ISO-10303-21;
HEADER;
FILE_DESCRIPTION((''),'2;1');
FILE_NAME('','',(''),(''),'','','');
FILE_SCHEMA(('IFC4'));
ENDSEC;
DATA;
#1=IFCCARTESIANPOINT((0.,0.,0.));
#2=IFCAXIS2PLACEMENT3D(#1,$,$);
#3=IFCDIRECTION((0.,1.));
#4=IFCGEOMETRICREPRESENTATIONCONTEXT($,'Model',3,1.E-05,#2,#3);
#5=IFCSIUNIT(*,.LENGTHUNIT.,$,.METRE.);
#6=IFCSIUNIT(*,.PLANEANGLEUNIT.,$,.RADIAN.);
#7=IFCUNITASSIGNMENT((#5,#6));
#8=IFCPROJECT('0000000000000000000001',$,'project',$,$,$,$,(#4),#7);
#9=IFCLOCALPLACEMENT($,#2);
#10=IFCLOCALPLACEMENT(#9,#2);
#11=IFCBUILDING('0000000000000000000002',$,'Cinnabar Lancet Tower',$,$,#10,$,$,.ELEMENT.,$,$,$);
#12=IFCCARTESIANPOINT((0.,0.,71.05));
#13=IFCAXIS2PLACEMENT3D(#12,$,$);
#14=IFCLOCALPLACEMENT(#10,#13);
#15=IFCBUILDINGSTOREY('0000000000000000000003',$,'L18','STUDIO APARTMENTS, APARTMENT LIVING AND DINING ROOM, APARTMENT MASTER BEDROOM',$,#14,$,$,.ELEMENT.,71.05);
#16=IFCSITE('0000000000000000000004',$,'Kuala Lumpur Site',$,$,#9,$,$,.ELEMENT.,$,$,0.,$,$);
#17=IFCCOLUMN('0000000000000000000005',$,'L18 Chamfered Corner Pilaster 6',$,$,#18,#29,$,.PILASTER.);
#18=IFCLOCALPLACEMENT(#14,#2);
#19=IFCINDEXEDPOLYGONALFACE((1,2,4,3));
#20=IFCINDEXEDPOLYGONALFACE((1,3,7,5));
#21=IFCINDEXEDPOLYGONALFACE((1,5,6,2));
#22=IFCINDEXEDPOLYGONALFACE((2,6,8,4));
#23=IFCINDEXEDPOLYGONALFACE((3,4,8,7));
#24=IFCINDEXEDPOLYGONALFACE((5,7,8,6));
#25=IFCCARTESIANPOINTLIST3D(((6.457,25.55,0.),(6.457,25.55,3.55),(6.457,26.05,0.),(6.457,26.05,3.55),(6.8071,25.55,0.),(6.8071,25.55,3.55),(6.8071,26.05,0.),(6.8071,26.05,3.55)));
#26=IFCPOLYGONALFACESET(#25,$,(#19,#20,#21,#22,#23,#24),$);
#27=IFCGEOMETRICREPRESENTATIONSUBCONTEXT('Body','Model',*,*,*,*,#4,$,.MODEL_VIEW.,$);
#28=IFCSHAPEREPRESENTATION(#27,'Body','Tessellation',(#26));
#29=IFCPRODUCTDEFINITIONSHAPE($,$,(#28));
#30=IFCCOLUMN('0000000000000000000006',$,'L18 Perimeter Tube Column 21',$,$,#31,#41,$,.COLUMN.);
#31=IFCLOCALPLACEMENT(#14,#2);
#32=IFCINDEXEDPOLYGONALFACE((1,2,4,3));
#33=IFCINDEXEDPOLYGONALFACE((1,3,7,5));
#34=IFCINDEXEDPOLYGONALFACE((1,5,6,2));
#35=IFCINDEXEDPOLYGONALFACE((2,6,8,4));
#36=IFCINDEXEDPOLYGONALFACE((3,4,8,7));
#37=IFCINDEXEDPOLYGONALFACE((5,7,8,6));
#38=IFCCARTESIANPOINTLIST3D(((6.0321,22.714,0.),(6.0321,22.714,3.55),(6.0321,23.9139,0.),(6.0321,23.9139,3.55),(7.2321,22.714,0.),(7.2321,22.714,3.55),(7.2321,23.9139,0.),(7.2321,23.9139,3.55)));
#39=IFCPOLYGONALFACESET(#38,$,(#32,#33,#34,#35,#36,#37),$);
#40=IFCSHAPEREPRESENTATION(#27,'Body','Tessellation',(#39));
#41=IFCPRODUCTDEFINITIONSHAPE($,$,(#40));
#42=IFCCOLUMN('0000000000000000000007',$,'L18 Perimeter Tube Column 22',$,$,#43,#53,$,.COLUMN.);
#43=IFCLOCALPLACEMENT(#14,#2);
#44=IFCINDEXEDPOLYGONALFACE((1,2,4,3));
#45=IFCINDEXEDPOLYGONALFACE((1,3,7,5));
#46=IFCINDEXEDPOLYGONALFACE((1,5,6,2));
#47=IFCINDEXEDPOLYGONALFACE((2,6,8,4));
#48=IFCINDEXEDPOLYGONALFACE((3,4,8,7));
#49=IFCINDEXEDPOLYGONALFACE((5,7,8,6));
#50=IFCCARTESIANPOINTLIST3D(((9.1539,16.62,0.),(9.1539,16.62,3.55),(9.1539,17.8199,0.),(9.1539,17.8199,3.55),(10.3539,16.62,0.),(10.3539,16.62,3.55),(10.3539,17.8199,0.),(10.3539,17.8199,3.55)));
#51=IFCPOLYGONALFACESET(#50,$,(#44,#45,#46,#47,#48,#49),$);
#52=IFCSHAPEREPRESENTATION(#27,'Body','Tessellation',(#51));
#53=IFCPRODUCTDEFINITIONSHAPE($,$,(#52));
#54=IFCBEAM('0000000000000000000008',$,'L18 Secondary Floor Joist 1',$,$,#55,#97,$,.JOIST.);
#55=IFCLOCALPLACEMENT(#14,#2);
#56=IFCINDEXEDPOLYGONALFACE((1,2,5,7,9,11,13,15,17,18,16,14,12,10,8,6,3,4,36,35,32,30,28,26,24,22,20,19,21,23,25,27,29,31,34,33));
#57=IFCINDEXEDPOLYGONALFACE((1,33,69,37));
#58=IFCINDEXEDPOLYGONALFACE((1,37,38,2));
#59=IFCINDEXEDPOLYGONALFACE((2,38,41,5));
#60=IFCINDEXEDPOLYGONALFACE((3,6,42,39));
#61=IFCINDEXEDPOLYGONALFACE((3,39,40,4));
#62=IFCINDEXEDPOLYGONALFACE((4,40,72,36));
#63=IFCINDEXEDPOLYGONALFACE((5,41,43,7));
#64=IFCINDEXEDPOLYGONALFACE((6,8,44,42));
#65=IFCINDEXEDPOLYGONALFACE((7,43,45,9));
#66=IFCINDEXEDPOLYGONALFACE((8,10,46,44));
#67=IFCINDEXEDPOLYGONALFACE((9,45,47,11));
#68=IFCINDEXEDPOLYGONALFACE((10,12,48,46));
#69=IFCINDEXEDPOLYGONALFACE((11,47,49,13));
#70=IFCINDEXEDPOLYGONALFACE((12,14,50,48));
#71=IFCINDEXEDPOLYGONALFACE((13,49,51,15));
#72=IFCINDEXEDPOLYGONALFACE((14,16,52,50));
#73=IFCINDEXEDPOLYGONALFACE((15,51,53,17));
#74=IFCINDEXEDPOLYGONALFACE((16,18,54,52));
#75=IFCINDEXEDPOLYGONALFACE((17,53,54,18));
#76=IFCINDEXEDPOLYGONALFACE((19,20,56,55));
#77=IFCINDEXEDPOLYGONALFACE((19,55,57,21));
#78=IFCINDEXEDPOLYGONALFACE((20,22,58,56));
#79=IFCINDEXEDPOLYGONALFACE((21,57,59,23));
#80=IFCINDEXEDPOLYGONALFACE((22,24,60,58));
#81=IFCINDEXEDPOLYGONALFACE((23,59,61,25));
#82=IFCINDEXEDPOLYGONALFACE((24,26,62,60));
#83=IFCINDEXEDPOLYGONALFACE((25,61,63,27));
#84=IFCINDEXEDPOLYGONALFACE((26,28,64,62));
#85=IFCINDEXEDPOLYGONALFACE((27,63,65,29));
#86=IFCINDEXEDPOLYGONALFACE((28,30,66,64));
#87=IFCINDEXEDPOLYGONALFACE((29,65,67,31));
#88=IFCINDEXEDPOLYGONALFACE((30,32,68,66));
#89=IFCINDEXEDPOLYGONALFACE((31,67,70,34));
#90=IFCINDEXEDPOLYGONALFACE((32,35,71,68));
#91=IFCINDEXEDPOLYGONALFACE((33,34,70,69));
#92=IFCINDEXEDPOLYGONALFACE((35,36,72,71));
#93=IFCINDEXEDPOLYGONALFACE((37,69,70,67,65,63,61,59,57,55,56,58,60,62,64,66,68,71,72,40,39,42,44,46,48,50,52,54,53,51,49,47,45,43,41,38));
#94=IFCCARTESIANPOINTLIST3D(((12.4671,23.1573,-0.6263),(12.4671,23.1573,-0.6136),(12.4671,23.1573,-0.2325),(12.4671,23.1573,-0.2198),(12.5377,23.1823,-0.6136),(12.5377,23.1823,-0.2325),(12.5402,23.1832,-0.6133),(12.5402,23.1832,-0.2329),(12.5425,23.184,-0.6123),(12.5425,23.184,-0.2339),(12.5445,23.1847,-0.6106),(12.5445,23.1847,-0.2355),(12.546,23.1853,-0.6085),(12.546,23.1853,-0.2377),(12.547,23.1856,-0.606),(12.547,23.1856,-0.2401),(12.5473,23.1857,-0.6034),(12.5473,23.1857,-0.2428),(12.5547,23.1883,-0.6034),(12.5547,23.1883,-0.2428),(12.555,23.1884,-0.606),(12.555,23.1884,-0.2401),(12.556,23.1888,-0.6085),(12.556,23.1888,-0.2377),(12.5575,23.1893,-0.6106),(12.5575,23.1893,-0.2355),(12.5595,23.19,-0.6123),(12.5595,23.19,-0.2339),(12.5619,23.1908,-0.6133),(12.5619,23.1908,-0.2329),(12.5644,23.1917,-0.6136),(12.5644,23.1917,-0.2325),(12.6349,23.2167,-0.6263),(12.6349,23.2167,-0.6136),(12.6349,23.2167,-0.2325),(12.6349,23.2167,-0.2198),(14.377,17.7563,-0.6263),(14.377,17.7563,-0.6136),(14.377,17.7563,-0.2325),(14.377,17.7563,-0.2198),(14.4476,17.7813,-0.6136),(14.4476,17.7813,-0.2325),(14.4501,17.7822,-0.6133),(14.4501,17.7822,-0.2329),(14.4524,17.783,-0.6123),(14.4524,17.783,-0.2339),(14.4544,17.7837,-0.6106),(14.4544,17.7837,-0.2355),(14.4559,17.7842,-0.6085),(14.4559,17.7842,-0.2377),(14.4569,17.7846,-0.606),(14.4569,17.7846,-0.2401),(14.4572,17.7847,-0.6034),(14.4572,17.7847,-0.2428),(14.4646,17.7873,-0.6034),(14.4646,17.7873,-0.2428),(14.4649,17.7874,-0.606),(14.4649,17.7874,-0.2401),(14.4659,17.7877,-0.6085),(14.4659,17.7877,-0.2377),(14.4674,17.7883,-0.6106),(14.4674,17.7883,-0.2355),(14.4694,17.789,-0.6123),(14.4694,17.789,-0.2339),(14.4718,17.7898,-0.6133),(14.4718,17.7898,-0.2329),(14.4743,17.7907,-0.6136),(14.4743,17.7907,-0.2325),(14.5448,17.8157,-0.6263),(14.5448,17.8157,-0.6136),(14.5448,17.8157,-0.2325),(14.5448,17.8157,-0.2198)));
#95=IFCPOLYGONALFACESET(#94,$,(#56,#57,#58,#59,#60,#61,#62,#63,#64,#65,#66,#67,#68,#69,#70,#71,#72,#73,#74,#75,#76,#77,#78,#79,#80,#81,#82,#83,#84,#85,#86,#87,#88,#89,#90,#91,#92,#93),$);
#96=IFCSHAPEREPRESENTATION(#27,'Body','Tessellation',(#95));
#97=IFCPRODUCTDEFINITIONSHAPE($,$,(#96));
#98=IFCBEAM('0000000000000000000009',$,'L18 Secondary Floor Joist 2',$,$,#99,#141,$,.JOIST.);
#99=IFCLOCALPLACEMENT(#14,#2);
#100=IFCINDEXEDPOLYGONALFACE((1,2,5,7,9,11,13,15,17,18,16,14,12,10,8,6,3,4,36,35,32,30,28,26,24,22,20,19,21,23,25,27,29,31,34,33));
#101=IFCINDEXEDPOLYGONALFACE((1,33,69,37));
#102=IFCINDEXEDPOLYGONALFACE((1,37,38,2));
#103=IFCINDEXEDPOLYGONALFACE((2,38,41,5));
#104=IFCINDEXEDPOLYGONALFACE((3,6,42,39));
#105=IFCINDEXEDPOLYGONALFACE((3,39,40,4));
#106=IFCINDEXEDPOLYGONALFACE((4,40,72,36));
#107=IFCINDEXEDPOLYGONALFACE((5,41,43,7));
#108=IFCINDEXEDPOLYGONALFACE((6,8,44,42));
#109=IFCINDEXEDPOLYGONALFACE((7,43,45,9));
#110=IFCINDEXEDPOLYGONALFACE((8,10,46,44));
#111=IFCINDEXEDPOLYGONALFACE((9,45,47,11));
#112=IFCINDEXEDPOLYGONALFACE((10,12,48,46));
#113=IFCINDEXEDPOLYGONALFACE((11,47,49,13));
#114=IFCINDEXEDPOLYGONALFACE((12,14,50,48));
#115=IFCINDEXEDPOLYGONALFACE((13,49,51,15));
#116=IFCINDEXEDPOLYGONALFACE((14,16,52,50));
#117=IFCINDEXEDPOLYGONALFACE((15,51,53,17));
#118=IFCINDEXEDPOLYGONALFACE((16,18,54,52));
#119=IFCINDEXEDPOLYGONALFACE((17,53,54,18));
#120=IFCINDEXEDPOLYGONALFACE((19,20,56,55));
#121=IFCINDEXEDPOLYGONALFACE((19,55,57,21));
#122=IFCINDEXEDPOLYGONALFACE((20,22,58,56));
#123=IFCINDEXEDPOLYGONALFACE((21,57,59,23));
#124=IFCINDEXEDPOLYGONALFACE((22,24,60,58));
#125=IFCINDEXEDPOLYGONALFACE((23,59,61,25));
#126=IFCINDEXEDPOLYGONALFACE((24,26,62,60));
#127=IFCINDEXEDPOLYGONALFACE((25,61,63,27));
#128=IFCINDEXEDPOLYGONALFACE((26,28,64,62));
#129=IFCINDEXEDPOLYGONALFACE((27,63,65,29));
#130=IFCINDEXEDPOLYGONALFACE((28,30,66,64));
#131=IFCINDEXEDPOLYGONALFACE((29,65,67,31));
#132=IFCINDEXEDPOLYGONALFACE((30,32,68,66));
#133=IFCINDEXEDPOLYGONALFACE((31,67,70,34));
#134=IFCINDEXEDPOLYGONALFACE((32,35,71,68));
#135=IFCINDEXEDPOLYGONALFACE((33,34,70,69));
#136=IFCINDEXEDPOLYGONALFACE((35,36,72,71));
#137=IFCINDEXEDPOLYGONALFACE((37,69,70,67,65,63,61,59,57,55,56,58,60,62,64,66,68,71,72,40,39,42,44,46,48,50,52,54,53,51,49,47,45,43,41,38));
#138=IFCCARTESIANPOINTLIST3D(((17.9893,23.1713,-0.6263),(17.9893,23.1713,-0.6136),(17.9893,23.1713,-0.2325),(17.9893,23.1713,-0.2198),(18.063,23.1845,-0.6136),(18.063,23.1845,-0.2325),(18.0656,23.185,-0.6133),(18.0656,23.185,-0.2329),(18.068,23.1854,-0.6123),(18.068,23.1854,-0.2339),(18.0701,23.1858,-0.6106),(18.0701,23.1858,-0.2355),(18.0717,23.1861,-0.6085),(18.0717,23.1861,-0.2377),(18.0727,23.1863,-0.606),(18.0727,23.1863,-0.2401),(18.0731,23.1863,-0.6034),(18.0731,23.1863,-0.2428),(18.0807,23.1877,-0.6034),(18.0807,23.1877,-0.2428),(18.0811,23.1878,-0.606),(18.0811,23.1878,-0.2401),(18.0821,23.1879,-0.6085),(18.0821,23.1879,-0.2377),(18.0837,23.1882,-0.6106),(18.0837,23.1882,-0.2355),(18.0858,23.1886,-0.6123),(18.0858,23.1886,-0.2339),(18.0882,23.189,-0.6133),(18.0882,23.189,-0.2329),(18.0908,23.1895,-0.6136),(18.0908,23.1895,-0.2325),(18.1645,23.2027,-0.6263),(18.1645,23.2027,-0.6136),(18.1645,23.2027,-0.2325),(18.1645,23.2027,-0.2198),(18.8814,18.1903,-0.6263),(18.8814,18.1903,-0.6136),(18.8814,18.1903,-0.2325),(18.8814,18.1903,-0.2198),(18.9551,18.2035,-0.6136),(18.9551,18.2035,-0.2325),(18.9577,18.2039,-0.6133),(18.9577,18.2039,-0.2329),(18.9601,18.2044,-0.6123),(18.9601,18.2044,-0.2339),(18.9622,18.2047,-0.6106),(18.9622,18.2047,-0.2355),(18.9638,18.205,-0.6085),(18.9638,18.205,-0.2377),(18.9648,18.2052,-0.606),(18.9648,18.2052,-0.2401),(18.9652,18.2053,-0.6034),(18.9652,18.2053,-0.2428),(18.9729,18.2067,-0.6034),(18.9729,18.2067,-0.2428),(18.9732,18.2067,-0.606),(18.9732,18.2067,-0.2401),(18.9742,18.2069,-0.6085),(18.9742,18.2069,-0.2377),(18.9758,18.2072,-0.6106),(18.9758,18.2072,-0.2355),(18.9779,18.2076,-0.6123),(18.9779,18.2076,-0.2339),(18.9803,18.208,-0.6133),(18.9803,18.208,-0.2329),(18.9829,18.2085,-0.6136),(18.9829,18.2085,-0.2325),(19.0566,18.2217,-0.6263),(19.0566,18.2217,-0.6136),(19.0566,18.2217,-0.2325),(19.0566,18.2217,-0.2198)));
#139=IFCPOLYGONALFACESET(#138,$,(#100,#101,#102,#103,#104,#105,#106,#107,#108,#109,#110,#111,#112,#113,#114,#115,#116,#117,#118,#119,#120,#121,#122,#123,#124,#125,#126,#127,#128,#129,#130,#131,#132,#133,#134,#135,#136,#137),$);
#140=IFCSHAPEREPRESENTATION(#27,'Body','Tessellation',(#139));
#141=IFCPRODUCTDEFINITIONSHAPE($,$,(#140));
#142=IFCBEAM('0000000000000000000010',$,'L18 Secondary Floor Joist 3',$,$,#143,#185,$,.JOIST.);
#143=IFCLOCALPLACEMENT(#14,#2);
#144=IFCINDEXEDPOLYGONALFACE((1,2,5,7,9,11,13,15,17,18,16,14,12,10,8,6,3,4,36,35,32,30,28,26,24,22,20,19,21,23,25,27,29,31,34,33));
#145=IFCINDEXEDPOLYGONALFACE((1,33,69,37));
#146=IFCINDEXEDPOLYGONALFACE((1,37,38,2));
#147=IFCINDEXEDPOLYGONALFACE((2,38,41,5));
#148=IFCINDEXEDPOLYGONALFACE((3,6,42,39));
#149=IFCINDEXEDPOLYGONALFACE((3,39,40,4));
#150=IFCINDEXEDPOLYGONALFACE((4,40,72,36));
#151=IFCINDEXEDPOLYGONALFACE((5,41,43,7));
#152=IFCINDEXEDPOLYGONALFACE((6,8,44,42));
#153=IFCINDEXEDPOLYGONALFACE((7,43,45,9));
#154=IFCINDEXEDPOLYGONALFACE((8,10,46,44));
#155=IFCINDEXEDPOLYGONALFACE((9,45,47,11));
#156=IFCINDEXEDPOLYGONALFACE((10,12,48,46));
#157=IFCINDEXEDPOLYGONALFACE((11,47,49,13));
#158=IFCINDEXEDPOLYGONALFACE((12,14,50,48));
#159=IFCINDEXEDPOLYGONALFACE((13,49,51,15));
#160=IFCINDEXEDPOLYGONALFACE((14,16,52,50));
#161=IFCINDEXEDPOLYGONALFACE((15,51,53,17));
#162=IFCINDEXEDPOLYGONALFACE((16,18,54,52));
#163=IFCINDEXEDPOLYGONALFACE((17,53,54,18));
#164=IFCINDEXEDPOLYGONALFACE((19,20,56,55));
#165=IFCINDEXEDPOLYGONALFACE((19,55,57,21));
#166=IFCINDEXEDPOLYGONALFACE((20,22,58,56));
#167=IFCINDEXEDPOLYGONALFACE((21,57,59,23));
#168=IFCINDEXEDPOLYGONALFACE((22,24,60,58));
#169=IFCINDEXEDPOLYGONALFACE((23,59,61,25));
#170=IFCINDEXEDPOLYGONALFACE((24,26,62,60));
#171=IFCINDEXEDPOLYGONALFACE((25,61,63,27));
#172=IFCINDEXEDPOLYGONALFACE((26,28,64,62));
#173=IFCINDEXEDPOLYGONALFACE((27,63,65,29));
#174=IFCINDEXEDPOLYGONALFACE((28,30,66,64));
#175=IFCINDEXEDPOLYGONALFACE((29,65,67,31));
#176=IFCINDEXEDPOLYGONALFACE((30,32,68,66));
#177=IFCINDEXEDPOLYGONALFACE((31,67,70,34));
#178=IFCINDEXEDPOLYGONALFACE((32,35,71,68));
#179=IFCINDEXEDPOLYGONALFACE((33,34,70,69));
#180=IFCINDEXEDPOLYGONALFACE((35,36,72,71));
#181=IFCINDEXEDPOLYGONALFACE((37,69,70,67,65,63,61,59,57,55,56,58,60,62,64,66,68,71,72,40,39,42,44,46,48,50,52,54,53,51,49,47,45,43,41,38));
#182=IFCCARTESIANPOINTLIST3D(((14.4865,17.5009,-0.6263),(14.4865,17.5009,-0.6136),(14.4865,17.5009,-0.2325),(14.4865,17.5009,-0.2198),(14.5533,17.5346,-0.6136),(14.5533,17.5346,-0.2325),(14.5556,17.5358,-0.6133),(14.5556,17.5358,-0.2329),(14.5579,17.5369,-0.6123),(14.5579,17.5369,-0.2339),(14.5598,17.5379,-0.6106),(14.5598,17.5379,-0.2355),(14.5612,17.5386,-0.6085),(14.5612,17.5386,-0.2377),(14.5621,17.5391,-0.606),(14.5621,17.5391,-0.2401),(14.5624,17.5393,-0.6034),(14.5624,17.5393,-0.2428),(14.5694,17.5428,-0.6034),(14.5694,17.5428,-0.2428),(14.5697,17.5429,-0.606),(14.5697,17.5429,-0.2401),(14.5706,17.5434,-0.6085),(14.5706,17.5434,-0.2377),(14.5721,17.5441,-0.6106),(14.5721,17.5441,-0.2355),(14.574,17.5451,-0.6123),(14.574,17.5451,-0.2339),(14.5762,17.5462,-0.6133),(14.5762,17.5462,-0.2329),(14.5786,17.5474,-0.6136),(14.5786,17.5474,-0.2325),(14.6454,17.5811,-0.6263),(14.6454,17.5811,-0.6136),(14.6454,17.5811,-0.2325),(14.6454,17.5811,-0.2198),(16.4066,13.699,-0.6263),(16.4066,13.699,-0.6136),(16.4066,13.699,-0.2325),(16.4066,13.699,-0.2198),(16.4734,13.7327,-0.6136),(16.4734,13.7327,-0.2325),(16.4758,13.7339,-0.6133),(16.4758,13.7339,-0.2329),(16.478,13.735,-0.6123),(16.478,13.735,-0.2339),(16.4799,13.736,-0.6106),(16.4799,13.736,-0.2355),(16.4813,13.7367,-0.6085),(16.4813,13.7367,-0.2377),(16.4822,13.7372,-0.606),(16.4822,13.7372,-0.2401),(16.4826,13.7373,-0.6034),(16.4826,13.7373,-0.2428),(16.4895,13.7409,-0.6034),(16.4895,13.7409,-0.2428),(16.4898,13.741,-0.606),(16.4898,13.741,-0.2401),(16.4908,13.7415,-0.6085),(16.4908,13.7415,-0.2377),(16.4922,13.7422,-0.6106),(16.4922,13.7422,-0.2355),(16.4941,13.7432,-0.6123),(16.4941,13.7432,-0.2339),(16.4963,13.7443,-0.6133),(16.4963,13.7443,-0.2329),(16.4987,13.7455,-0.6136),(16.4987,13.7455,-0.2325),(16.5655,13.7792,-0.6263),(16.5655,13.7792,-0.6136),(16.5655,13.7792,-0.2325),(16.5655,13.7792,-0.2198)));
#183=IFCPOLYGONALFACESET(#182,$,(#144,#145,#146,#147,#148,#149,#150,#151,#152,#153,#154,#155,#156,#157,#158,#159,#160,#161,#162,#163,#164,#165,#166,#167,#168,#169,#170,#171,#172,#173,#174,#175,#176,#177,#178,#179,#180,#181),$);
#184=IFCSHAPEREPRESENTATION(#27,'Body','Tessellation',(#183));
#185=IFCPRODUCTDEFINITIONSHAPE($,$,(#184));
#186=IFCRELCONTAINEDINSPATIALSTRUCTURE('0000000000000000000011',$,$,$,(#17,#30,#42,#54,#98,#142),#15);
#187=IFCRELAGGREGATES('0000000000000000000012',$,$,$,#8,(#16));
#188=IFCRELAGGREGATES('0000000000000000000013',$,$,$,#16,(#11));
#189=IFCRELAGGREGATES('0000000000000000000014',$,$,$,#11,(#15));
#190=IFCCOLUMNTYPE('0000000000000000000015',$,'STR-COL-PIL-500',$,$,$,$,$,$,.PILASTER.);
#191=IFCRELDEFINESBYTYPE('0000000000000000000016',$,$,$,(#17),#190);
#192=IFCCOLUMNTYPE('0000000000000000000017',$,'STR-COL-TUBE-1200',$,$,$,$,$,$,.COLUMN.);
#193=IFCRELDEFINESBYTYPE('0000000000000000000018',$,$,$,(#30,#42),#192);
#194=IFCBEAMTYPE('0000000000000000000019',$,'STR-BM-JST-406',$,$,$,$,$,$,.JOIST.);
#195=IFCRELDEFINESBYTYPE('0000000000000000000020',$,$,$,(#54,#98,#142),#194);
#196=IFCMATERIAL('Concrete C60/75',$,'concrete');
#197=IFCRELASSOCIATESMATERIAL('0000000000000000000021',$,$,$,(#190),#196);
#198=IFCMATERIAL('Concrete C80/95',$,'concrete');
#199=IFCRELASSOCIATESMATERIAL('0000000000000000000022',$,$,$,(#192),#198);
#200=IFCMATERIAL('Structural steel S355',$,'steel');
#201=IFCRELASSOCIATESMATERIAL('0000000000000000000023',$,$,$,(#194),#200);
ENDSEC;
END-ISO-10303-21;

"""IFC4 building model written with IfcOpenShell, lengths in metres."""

from ifc_helpers import new_model, si_unit, direction, frame, origin, origin_2d, place, context, subcontext, project, spatial, rectangle, i_section, extrude, material, material_profile, profile_set, type_object, element, save


model = new_model("IFC4")

# Units and contexts
model_context = context("Model", 3, precision=1e-05, world=origin(), true_north=direction((0.0, 1.0)))
body_context = subcontext(model_context, "Body", "Model", "MODEL_VIEW")
ifc_project = project(units=[si_unit("LENGTHUNIT", "METRE"), si_unit("PLANEANGLEUNIT", "RADIAN")], contexts=[model_context])

# Site, building, storey
site_placement = place(None, origin())
site = spatial("IfcSite", under=ifc_project, at=site_placement, Name="Kuala Lumpur Site", CompositionType="ELEMENT", RefElevation=0.0)
building_placement = place(site_placement, origin())
building = spatial("IfcBuilding", under=site, at=building_placement, Name="Cinnabar Lancet Tower", CompositionType="ELEMENT")
storey_placement = place(building_placement, frame((0.0, 0.0, 71.05)))
storey = spatial("IfcBuildingStorey", under=building, at=storey_placement, Name="L18", Description="STUDIO APARTMENTS, APARTMENT LIVING AND DINING ROOM, APARTMENT MASTER BEDROOM", CompositionType="ELEMENT", Elevation=71.05)

# Columns
ifc_material_1 = material(Name="Concrete C60/75", Category="concrete")
ifc_material_profile_1 = material_profile(ifc_material_1, rectangle(XDim=0.5, YDim=0.3501, at=origin_2d()), Name="RC-PIL 500x350")
ifc_profile_set_1 = profile_set([ifc_material_profile_1], Name="Concrete C60/75")
column_type_1 = type_object("IfcColumnType", Name="STR-COL-PIL-500", PredefinedType="PILASTER", material=ifc_profile_set_1)
column_placement = place(storey_placement, frame((6.6321, 25.8, 0.0), z_axis=(0.0, 0.0, 1.0), x_axis=(0.0, -1.0, 0.0)))
element("IfcColumn", 1, at=column_placement, inside=storey, type_object=column_type_1, Name="L18 Chamfered Corner Pilaster 6", PredefinedType="PILASTER", context=body_context, shape_type="SweptSolid", body=[
    extrude(rectangle(XDim=0.5, YDim=0.3501, at=origin_2d()), origin(), (0.0, 0.0, 1.0), 3.55),
])
ifc_material_2 = material(Name="Concrete C80/95", Category="concrete")
ifc_material_profile_2 = material_profile(ifc_material_2, rectangle(XDim=1.2, YDim=1.2, at=origin_2d()), Name="RC-COL 1200x1200")
ifc_profile_set_2 = profile_set([ifc_material_profile_2], Name="Concrete C80/95")
column_type_2 = type_object("IfcColumnType", Name="STR-COL-TUBE-1200", PredefinedType="COLUMN", material=ifc_profile_set_2)
for number, where, z_axis, x_axis, name in (
    (2, (6.6321, 23.314, 0.0), (0.0, 0.0, 1.0), (1.0, 0.0, 0.0), "L18 Perimeter Tube Column 21"),
    (3, (9.7539, 17.22, 0.0), (0.0, 0.0, 1.0), (1.0, 0.0, 0.0), "L18 Perimeter Tube Column 22"),
):
    element("IfcColumn", number, at=place(storey_placement, frame(where, z_axis=z_axis, x_axis=x_axis)), inside=storey, type_object=column_type_2, Name=name, PredefinedType="COLUMN", context=body_context, shape_type="SweptSolid", body=[
        extrude(rectangle(XDim=1.2, YDim=1.2, at=origin_2d()), origin(), (0.0, 0.0, 1.0), 3.55),
    ])

# Beams
ifc_material_3 = material(Name="Structural steel S355", Category="steel")
ifc_material_profile_3 = material_profile(ifc_material_3, i_section(OverallWidth=0.178, OverallDepth=0.4065, WebThickness=0.0078, FlangeThickness=0.0127, FilletRadius=0.0103, at=origin_2d()), Name="UKB 406x178x60")
ifc_profile_set_3 = profile_set([ifc_material_profile_3], Name="Structural steel S355")
beam_type_1 = type_object("IfcBeamType", Name="STR-BM-JST-406", PredefinedType="JOIST", material=ifc_profile_set_3)
beam_1_placement = place(storey_placement, frame((12.551, 23.187, -0.4231), z_axis=(0.333384, -0.942791, 0.0), x_axis=(0.942791, 0.333384, 0.0)))
element("IfcBeam", 4, at=beam_1_placement, inside=storey, type_object=beam_type_1, Name="L18 Secondary Floor Joist 1", PredefinedType="JOIST", context=body_context, shape_type="SweptSolid", body=[
    extrude(i_section(OverallWidth=0.178, OverallDepth=0.4065, WebThickness=0.0078, FlangeThickness=0.0127, FilletRadius=0.0103, at=origin_2d()), origin(), (0.0, 0.0, 1.0), 5.7288),
])
beam_2_placement = place(storey_placement, frame((18.0769, 23.187, -0.4231), z_axis=(0.176295, -0.984337, 0.0), x_axis=(0.984337, 0.176295, 0.0)))
element("IfcBeam", 5, at=beam_2_placement, inside=storey, type_object=beam_type_1, Name="L18 Secondary Floor Joist 2", PredefinedType="JOIST", context=body_context, shape_type="SweptSolid", body=[
    extrude(i_section(OverallWidth=0.178, OverallDepth=0.4065, WebThickness=0.0078, FlangeThickness=0.0127, FilletRadius=0.0103, at=origin_2d()), origin(), (0.0, 0.0, 1.0), 5.0603),
])
beam_3_placement = place(storey_placement, frame((14.5659, 17.541, -0.4231), z_axis=(0.45081, -0.89262, 0.0), x_axis=(0.89262, 0.45081, 0.0)))
element("IfcBeam", 6, at=beam_3_placement, inside=storey, type_object=beam_type_1, Name="L18 Secondary Floor Joist 3", PredefinedType="JOIST", context=body_context, shape_type="SweptSolid", body=[
    extrude(i_section(OverallWidth=0.178, OverallDepth=0.4065, WebThickness=0.0078, FlangeThickness=0.0127, FilletRadius=0.0103, at=origin_2d()), origin(), (0.0, 0.0, 1.0), 4.2593),
])

save(model, "model.ifc")
